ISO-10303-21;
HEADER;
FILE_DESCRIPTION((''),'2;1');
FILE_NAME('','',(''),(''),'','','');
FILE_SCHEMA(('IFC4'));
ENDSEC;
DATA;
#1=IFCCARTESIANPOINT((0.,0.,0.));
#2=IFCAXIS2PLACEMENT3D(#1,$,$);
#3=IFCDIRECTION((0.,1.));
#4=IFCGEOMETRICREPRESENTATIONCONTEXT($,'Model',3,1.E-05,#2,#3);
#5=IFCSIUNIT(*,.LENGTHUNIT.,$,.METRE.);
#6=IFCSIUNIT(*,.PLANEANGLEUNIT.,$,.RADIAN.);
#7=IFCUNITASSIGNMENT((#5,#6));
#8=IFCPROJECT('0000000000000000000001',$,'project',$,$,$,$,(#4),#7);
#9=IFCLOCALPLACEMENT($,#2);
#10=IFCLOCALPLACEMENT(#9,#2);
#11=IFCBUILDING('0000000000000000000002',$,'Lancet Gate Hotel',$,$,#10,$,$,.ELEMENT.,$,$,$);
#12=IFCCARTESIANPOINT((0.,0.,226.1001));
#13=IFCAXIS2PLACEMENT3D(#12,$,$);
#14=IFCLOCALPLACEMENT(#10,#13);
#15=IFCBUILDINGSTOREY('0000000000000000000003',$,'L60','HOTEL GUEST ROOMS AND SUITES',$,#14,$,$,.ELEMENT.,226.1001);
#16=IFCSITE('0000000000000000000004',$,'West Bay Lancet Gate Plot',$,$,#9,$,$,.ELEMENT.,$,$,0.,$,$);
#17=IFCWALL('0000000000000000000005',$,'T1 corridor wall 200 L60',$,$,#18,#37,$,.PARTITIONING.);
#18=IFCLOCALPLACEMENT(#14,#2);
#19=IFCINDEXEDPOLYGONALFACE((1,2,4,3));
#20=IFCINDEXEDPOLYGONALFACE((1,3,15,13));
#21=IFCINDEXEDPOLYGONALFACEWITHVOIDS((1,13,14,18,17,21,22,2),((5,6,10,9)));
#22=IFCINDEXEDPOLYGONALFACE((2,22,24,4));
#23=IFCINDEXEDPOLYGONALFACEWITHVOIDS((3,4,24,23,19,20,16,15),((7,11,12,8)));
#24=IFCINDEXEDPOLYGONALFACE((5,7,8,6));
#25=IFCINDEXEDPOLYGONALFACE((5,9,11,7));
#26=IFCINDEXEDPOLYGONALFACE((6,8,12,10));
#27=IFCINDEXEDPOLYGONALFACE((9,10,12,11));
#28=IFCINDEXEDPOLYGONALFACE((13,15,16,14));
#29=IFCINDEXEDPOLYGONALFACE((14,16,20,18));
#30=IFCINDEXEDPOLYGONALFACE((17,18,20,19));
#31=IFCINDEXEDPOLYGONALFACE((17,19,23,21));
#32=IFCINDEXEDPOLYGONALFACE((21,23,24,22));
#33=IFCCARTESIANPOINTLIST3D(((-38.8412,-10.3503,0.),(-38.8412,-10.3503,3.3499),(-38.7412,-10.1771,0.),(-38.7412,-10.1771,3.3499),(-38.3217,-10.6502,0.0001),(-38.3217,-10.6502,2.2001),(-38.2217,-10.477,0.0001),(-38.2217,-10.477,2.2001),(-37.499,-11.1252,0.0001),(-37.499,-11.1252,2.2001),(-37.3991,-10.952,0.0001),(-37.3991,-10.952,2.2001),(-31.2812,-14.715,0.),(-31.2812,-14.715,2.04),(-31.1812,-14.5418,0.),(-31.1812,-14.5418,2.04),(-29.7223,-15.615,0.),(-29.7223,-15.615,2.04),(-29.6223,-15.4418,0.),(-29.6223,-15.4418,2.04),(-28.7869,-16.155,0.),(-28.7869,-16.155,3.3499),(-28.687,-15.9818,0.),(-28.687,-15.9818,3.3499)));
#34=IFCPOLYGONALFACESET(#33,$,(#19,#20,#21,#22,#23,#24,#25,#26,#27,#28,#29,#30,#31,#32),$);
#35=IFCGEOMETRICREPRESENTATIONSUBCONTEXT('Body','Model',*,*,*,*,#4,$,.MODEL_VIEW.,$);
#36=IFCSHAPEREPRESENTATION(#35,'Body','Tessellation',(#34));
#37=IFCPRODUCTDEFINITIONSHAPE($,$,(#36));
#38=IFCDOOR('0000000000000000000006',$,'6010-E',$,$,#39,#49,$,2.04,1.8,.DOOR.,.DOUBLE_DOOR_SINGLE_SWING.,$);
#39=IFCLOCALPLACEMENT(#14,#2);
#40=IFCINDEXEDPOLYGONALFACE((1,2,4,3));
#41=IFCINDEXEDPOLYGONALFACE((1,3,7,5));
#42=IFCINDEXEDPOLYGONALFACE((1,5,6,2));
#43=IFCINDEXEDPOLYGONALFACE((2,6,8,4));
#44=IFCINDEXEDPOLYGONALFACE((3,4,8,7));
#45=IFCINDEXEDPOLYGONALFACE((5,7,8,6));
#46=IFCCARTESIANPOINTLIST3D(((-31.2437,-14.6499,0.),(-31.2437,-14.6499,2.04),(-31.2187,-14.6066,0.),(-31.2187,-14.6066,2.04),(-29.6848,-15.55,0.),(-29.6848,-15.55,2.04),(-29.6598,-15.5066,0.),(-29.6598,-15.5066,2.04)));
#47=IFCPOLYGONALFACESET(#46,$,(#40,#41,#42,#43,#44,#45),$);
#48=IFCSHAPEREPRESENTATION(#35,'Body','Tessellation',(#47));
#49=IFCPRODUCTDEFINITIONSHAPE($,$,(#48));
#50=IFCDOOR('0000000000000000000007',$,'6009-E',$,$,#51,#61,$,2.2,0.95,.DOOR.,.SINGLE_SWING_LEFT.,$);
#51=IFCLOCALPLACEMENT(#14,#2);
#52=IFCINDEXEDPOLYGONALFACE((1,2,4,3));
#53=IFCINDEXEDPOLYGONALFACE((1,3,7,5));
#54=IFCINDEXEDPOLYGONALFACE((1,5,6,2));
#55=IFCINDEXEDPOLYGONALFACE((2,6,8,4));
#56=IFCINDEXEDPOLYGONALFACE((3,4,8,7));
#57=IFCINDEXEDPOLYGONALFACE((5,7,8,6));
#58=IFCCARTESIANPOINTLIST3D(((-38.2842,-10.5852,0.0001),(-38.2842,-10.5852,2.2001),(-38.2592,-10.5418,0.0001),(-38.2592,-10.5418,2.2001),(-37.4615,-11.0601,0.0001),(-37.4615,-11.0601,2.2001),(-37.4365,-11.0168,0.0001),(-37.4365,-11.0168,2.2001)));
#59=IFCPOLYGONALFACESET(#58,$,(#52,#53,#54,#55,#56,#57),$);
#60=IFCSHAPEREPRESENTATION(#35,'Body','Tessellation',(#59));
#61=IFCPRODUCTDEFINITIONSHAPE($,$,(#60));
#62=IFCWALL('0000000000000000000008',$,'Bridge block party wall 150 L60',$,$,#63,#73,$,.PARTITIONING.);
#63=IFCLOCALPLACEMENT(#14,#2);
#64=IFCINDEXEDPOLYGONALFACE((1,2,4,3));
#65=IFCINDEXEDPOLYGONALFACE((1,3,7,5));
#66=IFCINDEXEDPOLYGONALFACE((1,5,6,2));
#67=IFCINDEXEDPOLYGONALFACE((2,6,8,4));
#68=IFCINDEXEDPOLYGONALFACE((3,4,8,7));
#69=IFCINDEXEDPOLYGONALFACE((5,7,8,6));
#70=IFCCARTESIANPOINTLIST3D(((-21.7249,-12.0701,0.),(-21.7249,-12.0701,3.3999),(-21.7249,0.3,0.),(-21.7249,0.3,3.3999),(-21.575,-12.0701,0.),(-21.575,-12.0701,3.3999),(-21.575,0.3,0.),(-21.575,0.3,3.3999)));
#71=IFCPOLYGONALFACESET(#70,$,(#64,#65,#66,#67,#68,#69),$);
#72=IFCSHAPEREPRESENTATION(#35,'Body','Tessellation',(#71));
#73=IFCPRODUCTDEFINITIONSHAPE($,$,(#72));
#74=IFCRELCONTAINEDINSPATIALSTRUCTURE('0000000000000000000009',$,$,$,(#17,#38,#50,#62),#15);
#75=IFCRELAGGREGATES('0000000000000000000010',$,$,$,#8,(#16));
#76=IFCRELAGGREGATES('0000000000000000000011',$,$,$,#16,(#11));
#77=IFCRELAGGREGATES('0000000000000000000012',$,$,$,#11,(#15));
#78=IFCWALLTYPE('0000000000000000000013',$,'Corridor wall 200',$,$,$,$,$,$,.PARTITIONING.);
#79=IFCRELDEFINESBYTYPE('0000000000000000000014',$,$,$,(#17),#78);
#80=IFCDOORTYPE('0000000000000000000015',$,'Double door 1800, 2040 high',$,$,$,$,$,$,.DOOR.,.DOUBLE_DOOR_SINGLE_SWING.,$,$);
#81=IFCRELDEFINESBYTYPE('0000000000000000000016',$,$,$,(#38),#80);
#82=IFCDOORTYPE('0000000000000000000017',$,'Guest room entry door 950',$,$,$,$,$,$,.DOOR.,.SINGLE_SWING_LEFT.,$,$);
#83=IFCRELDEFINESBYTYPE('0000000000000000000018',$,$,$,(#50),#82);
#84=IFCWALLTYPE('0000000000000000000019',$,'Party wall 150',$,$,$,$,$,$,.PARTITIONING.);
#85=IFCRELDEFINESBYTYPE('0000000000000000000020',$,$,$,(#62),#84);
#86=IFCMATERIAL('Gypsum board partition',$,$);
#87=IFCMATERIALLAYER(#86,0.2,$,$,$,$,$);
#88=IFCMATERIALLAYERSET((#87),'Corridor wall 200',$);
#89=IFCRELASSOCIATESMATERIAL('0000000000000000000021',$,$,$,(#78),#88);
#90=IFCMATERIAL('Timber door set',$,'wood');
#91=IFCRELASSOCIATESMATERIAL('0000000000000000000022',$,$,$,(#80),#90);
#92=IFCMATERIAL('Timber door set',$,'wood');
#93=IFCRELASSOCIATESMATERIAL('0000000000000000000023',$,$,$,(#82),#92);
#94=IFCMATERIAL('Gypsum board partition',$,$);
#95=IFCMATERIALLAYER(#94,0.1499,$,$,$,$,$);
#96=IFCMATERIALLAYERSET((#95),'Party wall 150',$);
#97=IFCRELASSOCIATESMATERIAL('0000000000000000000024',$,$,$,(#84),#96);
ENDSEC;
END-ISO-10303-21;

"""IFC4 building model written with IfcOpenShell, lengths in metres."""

from ifc_helpers import new_model, si_unit, direction, frame, frame_2d, origin, place, context, subcontext, project, spatial, rectangle, extrude, material, layer, layer_set, type_object, element, fill, save


model = new_model("IFC4")

# Units and contexts
model_context = context("Model", 3, precision=1e-05, world=origin(), true_north=direction((0.0, 1.0)))
body_context = subcontext(model_context, "Body", "Model", "MODEL_VIEW")
ifc_project = project(units=[si_unit("LENGTHUNIT", "METRE"), si_unit("PLANEANGLEUNIT", "RADIAN")], contexts=[model_context])

# Site, building, storey
site_placement = place(None, origin())
site = spatial("IfcSite", under=ifc_project, at=site_placement, Name="West Bay Lancet Gate Plot", CompositionType="ELEMENT", RefElevation=0.0)
building_placement = place(site_placement, origin())
building = spatial("IfcBuilding", under=site, at=building_placement, Name="Lancet Gate Hotel", CompositionType="ELEMENT")
storey_placement = place(building_placement, frame((0.0, 0.0, 226.1001)))
storey = spatial("IfcBuildingStorey", under=building, at=storey_placement, Name="L60", Description="HOTEL GUEST ROOMS AND SUITES", CompositionType="ELEMENT", Elevation=226.1001)

# Wall, openings, doors
ifc_material_1 = material(Name="Gypsum board partition")
ifc_layer_1 = layer(ifc_material_1, 0.2)
ifc_layer_set_1 = layer_set([ifc_layer_1], Name="Corridor wall 200")
wall_type_1 = type_object("IfcWallType", Name="Corridor wall 200", PredefinedType="PARTITIONING", material=ifc_layer_set_1)
wall_1_placement = place(storey_placement, frame((-28.7371, -16.0684, 0.0), z_axis=(0.0, 0.0, 1.0), x_axis=(-0.866029, 0.499993, 0.0)))
wall_1 = element("IfcWall", 1, at=wall_1_placement, inside=storey, type_object=wall_type_1, Name="T1 corridor wall 200 L60", PredefinedType="PARTITIONING", context=body_context, shape_type="SweptSolid", body=[
    extrude(rectangle(XDim=11.6096, YDim=0.2, at=frame_2d((5.8047, 0.0))), origin(), (0.0, 0.0, 1.0), 3.3499),
])
opening_1_placement = place(wall_1_placement, frame((1.0801, 0.0, 0.0)))
opening_1 = element("IfcOpeningElement", 2, at=opening_1_placement, cuts=wall_1, PredefinedType="OPENING", context=body_context, shape_type="SweptSolid", body=[
    extrude(rectangle(XDim=1.8, YDim=2.04, at=frame_2d((0.8999, 1.02))), frame((0.0, 0.1099, 0.0), z_axis=(0.0, -1.0, 0.0), x_axis=(1.0, 0.0, 0.0)), (0.0, 0.0, 1.0), 0.22),
])
opening_2_placement = place(wall_1_placement, frame((10.0596, 0.0, 0.0)))
opening_2 = element("IfcOpeningElement", 3, at=opening_2_placement, cuts=wall_1, PredefinedType="OPENING", context=body_context, shape_type="SweptSolid", body=[
    extrude(rectangle(XDim=0.95, YDim=2.2, at=frame_2d((0.4751, 1.1001))), frame((0.0, 0.1099, 0.0), z_axis=(0.0, -1.0, 0.0), x_axis=(1.0, 0.0, 0.0)), (0.0, 0.0, 1.0), 0.22),
])
ifc_material_2 = material(Name="Timber door set", Category="wood")
door_type_1 = type_object("IfcDoorType", Name="Double door 1800, 2040 high", OperationType="DOUBLE_DOOR_SINGLE_SWING", PredefinedType="DOOR", material=ifc_material_2)
door_1_placement = place(opening_1_placement, origin())
door_1 = element("IfcDoor", 4, at=door_1_placement, inside=storey, type_object=door_type_1, Name="6010-E", OperationType="DOUBLE_DOOR_SINGLE_SWING", OverallHeight=2.04, OverallWidth=1.8, PredefinedType="DOOR", context=body_context, shape_type="SweptSolid", body=[
    extrude(rectangle(XDim=1.8, YDim=2.04, at=frame_2d((0.8999, 1.02))), frame((0.0, 0.0249, 0.0), z_axis=(0.0, -1.0, 0.0), x_axis=(1.0, 0.0, 0.0)), (0.0, 0.0, 1.0), 0.05),
])
fill(opening_1, door_1)
ifc_material_3 = material(Name="Timber door set", Category="wood")
door_type_2 = type_object("IfcDoorType", Name="Guest room entry door 950", OperationType="SINGLE_SWING_LEFT", PredefinedType="DOOR", material=ifc_material_3)
door_2_placement = place(opening_2_placement, origin())
door_2 = element("IfcDoor", 5, at=door_2_placement, inside=storey, type_object=door_type_2, Name="6009-E", OperationType="SINGLE_SWING_LEFT", OverallHeight=2.2, OverallWidth=0.95, PredefinedType="DOOR", context=body_context, shape_type="SweptSolid", body=[
    extrude(rectangle(XDim=0.95, YDim=2.2, at=frame_2d((0.4751, 1.1001))), frame((0.0, 0.0249, 0.0), z_axis=(0.0, -1.0, 0.0), x_axis=(1.0, 0.0, 0.0)), (0.0, 0.0, 1.0), 0.05),
])
fill(opening_2, door_2)

# Wall
ifc_material_4 = material(Name="Gypsum board partition")
ifc_layer_2 = layer(ifc_material_4, 0.1499)
ifc_layer_set_2 = layer_set([ifc_layer_2], Name="Party wall 150")
wall_type_2 = type_object("IfcWallType", Name="Party wall 150", PredefinedType="PARTITIONING", material=ifc_layer_set_2)
wall_2_placement = place(storey_placement, frame((-21.6499, -12.0701, 0.0), z_axis=(0.0, 0.0, 1.0), x_axis=(0.0, 1.0, 0.0)))
element("IfcWall", 6, at=wall_2_placement, inside=storey, type_object=wall_type_2, Name="Bridge block party wall 150 L60", PredefinedType="PARTITIONING", context=body_context, shape_type="SweptSolid", body=[
    extrude(rectangle(XDim=12.3701, YDim=0.1499, at=frame_2d((6.1851, 0.0))), origin(), (0.0, 0.0, 1.0), 3.3999),
])

save(model, "model.ifc")
